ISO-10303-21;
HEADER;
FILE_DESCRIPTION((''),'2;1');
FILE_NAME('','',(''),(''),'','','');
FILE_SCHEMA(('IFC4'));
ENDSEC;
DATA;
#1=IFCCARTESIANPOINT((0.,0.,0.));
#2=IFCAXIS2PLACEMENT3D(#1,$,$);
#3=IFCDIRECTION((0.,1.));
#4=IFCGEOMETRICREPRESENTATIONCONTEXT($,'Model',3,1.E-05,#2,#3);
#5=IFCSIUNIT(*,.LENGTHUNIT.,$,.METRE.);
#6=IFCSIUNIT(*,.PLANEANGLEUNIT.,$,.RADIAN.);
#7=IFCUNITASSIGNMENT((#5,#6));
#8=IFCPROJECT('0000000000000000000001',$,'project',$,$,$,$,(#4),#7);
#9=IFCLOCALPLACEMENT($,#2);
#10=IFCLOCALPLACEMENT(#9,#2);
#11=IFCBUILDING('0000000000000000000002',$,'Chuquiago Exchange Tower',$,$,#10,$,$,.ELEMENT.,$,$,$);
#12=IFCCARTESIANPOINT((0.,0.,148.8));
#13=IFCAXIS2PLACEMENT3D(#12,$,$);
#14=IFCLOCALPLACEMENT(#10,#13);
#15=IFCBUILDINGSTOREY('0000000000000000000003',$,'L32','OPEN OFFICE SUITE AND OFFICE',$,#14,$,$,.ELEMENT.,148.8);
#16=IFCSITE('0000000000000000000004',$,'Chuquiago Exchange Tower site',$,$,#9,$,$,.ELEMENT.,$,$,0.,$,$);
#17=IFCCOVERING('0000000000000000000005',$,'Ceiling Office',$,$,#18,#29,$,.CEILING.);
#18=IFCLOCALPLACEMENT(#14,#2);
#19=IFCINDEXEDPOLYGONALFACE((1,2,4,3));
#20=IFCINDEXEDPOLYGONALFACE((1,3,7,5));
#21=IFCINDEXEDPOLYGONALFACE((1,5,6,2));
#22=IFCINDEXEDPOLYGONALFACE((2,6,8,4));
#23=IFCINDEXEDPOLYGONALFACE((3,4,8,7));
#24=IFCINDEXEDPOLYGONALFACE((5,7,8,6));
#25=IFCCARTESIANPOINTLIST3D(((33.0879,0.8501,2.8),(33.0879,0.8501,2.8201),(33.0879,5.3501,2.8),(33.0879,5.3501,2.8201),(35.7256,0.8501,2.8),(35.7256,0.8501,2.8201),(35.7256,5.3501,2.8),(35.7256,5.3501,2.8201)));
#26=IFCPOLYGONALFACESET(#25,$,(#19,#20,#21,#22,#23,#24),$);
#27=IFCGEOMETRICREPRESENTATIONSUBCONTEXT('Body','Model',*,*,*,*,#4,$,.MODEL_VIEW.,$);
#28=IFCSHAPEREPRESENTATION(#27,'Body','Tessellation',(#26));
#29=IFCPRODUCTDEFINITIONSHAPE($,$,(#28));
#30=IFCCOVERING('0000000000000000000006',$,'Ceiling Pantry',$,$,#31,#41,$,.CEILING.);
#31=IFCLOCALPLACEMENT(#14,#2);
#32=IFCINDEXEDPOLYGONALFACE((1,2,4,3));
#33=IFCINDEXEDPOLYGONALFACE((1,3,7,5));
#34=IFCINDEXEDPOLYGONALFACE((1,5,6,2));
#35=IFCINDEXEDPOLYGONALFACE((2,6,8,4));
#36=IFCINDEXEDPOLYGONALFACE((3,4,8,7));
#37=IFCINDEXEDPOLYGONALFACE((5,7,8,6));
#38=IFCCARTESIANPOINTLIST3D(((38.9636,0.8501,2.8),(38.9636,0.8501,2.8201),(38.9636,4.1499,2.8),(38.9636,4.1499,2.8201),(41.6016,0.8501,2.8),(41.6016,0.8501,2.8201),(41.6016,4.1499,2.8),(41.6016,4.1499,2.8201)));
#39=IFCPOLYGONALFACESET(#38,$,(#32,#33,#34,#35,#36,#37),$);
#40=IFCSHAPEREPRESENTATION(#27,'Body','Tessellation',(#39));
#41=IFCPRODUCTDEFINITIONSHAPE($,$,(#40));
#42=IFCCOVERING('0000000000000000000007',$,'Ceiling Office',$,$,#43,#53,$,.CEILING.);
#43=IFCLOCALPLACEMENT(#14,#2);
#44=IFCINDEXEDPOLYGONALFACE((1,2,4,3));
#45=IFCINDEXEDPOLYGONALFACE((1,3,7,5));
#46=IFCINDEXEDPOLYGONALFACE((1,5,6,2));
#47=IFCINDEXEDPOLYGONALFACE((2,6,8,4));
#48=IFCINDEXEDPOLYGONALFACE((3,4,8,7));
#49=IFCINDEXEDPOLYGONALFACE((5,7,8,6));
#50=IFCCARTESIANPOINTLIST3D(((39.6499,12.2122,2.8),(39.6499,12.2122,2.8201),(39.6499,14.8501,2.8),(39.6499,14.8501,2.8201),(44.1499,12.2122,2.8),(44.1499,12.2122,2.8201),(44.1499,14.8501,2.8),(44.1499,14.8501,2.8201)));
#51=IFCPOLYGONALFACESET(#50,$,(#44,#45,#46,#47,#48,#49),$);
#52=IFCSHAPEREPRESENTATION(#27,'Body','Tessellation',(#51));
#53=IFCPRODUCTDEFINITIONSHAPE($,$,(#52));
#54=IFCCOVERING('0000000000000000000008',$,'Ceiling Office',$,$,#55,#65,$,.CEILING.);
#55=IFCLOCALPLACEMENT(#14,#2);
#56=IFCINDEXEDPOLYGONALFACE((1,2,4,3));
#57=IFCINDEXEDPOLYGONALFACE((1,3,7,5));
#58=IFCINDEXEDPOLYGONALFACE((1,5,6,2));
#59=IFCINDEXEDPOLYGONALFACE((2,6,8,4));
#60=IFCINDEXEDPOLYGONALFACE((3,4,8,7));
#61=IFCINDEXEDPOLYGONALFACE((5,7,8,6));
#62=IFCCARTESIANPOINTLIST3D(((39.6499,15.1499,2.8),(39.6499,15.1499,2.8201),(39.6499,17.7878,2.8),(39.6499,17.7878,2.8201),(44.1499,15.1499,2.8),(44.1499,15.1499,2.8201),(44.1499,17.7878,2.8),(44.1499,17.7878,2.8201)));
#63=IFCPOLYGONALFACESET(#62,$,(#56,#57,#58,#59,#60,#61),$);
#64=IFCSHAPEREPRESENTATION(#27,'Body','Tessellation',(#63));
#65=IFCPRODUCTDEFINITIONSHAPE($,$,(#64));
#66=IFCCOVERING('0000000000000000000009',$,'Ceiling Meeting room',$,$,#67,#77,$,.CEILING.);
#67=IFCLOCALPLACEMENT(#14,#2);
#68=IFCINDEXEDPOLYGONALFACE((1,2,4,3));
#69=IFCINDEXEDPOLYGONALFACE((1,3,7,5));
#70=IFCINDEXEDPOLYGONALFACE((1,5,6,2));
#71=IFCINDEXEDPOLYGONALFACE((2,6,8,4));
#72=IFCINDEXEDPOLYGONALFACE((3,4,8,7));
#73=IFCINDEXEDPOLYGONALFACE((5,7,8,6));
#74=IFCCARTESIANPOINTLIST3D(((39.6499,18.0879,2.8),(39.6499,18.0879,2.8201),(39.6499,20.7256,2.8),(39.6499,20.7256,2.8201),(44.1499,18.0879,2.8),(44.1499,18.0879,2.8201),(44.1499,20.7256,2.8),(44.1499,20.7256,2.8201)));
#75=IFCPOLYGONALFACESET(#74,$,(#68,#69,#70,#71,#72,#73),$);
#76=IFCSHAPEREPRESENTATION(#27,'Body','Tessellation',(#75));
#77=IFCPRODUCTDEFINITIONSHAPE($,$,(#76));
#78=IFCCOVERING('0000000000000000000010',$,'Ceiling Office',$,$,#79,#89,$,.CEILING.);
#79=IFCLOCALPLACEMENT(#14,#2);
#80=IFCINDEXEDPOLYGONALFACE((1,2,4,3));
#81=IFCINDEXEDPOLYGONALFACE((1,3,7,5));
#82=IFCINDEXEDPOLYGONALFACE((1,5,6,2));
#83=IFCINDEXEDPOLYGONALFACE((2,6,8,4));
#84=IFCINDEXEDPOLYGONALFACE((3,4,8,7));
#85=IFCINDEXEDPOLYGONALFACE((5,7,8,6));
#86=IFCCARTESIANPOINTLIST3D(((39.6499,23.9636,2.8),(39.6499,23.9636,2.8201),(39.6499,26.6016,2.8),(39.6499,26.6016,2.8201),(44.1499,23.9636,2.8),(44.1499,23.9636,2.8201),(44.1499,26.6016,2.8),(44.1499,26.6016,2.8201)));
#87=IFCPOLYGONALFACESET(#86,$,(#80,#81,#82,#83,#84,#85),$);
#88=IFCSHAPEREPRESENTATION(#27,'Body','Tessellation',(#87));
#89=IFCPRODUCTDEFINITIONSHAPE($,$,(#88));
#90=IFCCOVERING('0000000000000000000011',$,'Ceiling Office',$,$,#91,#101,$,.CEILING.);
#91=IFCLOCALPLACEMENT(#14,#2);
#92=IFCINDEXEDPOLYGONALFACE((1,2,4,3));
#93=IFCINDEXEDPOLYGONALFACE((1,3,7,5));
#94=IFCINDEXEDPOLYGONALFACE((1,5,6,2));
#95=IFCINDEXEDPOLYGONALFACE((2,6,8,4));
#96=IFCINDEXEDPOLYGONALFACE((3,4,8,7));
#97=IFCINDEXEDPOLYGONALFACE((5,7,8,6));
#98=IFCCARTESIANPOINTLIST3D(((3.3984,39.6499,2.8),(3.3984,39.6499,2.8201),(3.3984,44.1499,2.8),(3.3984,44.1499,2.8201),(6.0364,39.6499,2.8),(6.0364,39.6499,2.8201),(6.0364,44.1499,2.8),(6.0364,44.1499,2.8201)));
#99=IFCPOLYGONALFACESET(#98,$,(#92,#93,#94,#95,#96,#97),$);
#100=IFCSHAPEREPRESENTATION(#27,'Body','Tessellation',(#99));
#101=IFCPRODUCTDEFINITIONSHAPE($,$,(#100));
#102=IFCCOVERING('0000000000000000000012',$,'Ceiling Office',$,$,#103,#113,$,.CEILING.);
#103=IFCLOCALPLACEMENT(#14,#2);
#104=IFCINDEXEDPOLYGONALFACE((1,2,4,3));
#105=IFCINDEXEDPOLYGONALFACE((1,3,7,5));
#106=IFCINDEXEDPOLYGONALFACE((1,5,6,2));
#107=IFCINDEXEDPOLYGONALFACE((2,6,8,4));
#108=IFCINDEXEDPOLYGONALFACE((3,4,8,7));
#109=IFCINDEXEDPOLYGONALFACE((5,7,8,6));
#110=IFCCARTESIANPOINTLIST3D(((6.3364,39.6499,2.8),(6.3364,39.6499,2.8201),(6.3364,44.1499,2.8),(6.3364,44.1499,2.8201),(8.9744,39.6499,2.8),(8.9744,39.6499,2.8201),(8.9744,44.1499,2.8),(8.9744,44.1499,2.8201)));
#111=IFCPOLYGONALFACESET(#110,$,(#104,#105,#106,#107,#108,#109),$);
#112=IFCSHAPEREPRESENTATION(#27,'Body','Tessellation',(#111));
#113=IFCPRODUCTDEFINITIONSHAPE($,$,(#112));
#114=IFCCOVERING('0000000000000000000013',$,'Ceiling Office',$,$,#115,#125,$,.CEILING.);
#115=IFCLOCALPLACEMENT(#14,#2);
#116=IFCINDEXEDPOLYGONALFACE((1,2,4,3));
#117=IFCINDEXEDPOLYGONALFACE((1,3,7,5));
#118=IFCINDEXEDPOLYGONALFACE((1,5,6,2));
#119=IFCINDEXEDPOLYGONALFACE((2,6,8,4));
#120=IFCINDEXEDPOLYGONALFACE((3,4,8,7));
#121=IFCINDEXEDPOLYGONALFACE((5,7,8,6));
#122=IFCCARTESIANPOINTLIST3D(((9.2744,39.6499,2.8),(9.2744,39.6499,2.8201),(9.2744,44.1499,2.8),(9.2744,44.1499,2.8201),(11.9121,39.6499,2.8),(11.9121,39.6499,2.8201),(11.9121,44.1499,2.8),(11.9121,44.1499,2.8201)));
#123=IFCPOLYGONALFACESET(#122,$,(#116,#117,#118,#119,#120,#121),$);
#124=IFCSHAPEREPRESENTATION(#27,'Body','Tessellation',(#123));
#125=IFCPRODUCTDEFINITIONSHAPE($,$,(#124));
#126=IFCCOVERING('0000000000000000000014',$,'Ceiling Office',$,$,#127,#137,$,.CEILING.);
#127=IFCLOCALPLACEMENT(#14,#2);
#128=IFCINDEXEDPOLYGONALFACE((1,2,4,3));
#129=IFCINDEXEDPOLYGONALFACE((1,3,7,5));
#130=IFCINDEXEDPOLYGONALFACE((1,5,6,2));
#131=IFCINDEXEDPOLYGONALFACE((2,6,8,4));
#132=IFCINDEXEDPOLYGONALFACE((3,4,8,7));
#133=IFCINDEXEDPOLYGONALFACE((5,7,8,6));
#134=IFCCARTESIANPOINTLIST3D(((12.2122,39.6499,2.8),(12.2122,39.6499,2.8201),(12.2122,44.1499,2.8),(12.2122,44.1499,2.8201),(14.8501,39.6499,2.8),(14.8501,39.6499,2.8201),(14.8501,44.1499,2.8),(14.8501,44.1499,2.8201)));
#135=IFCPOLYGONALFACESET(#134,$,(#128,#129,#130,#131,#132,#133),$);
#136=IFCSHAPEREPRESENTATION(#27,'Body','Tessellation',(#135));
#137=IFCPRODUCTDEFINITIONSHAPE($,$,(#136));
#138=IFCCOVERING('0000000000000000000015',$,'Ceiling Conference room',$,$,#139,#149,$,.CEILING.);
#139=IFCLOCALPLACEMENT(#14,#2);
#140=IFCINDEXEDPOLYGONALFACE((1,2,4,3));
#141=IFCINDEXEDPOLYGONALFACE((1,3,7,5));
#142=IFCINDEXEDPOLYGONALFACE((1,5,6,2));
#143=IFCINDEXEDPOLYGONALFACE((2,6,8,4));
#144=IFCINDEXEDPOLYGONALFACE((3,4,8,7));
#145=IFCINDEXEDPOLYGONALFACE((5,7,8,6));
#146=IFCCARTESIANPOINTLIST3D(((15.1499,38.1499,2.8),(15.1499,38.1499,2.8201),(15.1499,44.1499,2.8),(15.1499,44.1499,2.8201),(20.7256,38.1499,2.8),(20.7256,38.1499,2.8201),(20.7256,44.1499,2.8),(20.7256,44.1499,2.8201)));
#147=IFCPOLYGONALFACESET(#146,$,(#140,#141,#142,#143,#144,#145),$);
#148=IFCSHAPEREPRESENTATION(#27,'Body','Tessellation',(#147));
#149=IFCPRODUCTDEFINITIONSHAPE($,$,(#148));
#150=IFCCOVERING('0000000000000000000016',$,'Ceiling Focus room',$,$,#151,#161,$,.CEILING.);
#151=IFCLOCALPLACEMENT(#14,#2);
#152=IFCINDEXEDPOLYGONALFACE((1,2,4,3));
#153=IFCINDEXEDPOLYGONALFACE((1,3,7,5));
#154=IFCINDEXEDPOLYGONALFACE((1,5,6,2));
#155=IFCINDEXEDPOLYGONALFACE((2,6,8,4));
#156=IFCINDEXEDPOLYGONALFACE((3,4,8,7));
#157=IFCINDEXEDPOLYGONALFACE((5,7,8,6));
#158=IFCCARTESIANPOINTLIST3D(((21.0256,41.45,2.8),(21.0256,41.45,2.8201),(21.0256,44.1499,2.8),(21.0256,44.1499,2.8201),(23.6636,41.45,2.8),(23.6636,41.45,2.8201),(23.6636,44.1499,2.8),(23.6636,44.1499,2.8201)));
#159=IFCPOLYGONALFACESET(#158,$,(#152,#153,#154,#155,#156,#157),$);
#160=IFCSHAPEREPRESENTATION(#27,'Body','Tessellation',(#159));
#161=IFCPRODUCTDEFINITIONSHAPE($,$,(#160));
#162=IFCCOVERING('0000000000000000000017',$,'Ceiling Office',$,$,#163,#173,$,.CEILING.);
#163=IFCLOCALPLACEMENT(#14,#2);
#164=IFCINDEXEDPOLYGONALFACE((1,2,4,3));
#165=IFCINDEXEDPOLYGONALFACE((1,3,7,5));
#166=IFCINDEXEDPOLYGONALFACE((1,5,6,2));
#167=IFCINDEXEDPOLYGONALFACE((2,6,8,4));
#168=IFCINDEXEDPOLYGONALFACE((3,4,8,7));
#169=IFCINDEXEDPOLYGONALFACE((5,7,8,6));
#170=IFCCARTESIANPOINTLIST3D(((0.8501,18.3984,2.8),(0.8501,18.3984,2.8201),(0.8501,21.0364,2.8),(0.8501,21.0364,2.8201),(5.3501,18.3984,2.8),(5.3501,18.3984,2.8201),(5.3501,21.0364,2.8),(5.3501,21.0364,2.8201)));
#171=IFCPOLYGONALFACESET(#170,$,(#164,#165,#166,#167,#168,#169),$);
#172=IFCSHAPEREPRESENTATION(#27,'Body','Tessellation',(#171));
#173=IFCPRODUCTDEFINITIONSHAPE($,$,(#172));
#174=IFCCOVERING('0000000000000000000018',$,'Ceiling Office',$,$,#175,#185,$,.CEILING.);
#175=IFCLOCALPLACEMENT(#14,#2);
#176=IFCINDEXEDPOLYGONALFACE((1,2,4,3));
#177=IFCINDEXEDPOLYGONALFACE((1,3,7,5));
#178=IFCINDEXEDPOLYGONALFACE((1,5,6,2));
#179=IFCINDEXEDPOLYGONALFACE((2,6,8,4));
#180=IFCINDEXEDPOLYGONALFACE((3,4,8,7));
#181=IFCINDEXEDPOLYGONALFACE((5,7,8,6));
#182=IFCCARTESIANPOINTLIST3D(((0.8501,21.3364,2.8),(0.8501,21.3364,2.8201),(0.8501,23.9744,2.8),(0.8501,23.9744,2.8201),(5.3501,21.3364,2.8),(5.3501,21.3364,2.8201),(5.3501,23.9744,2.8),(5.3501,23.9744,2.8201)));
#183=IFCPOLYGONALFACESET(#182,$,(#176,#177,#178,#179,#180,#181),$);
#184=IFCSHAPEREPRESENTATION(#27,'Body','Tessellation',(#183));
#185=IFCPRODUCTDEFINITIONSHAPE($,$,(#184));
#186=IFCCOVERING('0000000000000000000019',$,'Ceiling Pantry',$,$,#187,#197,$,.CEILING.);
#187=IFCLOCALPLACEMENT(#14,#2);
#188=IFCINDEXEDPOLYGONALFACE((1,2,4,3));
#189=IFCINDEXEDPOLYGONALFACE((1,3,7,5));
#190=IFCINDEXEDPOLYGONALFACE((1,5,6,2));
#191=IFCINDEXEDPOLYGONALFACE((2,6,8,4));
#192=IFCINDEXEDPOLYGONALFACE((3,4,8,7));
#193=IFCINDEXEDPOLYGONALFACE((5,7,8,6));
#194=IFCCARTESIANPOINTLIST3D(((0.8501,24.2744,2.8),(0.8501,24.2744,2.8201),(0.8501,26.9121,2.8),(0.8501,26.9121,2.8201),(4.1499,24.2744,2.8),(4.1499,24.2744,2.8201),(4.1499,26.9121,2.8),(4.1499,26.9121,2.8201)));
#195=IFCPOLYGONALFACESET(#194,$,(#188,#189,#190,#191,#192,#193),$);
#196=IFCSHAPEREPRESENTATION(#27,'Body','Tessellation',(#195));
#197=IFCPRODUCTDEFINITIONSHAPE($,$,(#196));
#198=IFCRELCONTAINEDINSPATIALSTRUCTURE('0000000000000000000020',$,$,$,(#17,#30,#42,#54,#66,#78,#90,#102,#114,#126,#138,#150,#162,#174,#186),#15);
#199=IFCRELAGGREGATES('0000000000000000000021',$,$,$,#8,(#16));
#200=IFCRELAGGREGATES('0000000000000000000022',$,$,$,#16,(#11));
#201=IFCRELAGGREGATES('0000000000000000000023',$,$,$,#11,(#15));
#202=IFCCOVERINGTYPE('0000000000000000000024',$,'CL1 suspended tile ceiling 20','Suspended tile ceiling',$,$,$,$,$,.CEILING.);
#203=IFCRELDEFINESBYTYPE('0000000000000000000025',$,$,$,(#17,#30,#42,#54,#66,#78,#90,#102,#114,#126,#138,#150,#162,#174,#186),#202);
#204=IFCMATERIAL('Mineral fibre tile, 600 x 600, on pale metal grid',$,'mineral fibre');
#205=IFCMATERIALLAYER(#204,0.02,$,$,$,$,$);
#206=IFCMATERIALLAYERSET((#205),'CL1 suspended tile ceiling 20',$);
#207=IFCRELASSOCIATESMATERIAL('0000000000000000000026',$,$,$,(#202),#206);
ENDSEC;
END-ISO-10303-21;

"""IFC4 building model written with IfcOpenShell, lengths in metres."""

from ifc_helpers import new_model, si_unit, direction, frame, origin, place, context, subcontext, project, spatial, polyline, outline, extrude, material, layer, layer_set, type_object, element, save


model = new_model("IFC4")

# Units and contexts
model_context = context("Model", 3, precision=1e-05, world=origin(), true_north=direction((0.0, 1.0)))
body_context = subcontext(model_context, "Body", "Model", "MODEL_VIEW")
ifc_project = project(units=[si_unit("LENGTHUNIT", "METRE"), si_unit("PLANEANGLEUNIT", "RADIAN")], contexts=[model_context])

# Site, building, storey
site_placement = place(None, origin())
site = spatial("IfcSite", under=ifc_project, at=site_placement, Name="Chuquiago Exchange Tower site", CompositionType="ELEMENT", RefElevation=0.0)
building_placement = place(site_placement, origin())
building = spatial("IfcBuilding", under=site, at=building_placement, Name="Chuquiago Exchange Tower", CompositionType="ELEMENT")
storey_placement = place(building_placement, frame((0.0, 0.0, 148.8)))
storey = spatial("IfcBuildingStorey", under=building, at=storey_placement, Name="L32", Description="OPEN OFFICE SUITE AND OFFICE", CompositionType="ELEMENT", Elevation=148.8)

# Coverings
ifc_material_1 = material(Name="Mineral fibre tile, 600 x 600, on pale metal grid", Category="mineral fibre")
ifc_layer_1 = layer(ifc_material_1, 0.02)
ifc_layer_set_1 = layer_set([ifc_layer_1], Name="CL1 suspended tile ceiling 20")
covering_type_1 = type_object("IfcCoveringType", Name="CL1 suspended tile ceiling 20", Description="Suspended tile ceiling", PredefinedType="CEILING", material=ifc_layer_set_1)
covering_1_placement = place(storey_placement, frame((0.0, 0.0, 2.8)))
element("IfcCovering", 1, at=covering_1_placement, inside=storey, type_object=covering_type_1, Name="Ceiling Office", PredefinedType="CEILING", context=body_context, shape_type="SweptSolid", body=[
    extrude(outline(polyline([(33.0879, 5.3501), (35.7256, 5.3501), (35.7256, 0.8501), (33.0879, 0.8501), (33.0879, 5.3501)])), origin(), (0.0, 0.0, 1.0), 0.02),
])
covering_2_placement = place(storey_placement, frame((0.0, 0.0, 2.8)))
element("IfcCovering", 2, at=covering_2_placement, inside=storey, type_object=covering_type_1, Name="Ceiling Pantry", PredefinedType="CEILING", context=body_context, shape_type="SweptSolid", body=[
    extrude(outline(polyline([(38.9636, 0.8501), (38.9636, 4.1499), (41.6016, 4.1499), (41.6016, 0.8501), (38.9636, 0.8501)])), origin(), (0.0, 0.0, 1.0), 0.02),
])
covering_3_placement = place(storey_placement, frame((0.0, 0.0, 2.8)))
element("IfcCovering", 3, at=covering_3_placement, inside=storey, type_object=covering_type_1, Name="Ceiling Office", PredefinedType="CEILING", context=body_context, shape_type="SweptSolid", body=[
    extrude(outline(polyline([(39.6499, 12.2122), (39.6499, 14.8501), (44.1499, 14.8501), (44.1499, 12.2122), (39.6499, 12.2122)])), origin(), (0.0, 0.0, 1.0), 0.02),
])
covering_4_placement = place(storey_placement, frame((0.0, 0.0, 2.8)))
element("IfcCovering", 4, at=covering_4_placement, inside=storey, type_object=covering_type_1, Name="Ceiling Office", PredefinedType="CEILING", context=body_context, shape_type="SweptSolid", body=[
    extrude(outline(polyline([(39.6499, 15.1499), (39.6499, 17.7878), (44.1499, 17.7878), (44.1499, 15.1499), (39.6499, 15.1499)])), origin(), (0.0, 0.0, 1.0), 0.02),
])
covering_5_placement = place(storey_placement, frame((0.0, 0.0, 2.8)))
element("IfcCovering", 5, at=covering_5_placement, inside=storey, type_object=covering_type_1, Name="Ceiling Meeting room", PredefinedType="CEILING", context=body_context, shape_type="SweptSolid", body=[
    extrude(outline(polyline([(39.6499, 18.0879), (39.6499, 20.7256), (44.1499, 20.7256), (44.1499, 18.0879), (39.6499, 18.0879)])), origin(), (0.0, 0.0, 1.0), 0.02),
])
covering_6_placement = place(storey_placement, frame((0.0, 0.0, 2.8)))
element("IfcCovering", 6, at=covering_6_placement, inside=storey, type_object=covering_type_1, Name="Ceiling Office", PredefinedType="CEILING", context=body_context, shape_type="SweptSolid", body=[
    extrude(outline(polyline([(44.1499, 23.9636), (39.6499, 23.9636), (39.6499, 26.6016), (44.1499, 26.6016), (44.1499, 23.9636)])), origin(), (0.0, 0.0, 1.0), 0.02),
])
covering_7_placement = place(storey_placement, frame((0.0, 0.0, 2.8)))
element("IfcCovering", 7, at=covering_7_placement, inside=storey, type_object=covering_type_1, Name="Ceiling Office", PredefinedType="CEILING", context=body_context, shape_type="SweptSolid", body=[
    extrude(outline(polyline([(6.0364, 44.1499), (6.0364, 39.6499), (3.3984, 39.6499), (3.3984, 44.1499), (6.0364, 44.1499)])), origin(), (0.0, 0.0, 1.0), 0.02),
])
covering_8_placement = place(storey_placement, frame((0.0, 0.0, 2.8)))
element("IfcCovering", 8, at=covering_8_placement, inside=storey, type_object=covering_type_1, Name="Ceiling Office", PredefinedType="CEILING", context=body_context, shape_type="SweptSolid", body=[
    extrude(outline(polyline([(8.9744, 39.6499), (6.3364, 39.6499), (6.3364, 44.1499), (8.9744, 44.1499), (8.9744, 39.6499)])), origin(), (0.0, 0.0, 1.0), 0.02),
])
covering_9_placement = place(storey_placement, frame((0.0, 0.0, 2.8)))
element("IfcCovering", 9, at=covering_9_placement, inside=storey, type_object=covering_type_1, Name="Ceiling Office", PredefinedType="CEILING", context=body_context, shape_type="SweptSolid", body=[
    extrude(outline(polyline([(11.9121, 39.6499), (9.2744, 39.6499), (9.2744, 44.1499), (11.9121, 44.1499), (11.9121, 39.6499)])), origin(), (0.0, 0.0, 1.0), 0.02),
])
covering_10_placement = place(storey_placement, frame((0.0, 0.0, 2.8)))
element("IfcCovering", 10, at=covering_10_placement, inside=storey, type_object=covering_type_1, Name="Ceiling Office", PredefinedType="CEILING", context=body_context, shape_type="SweptSolid", body=[
    extrude(outline(polyline([(14.8501, 39.6499), (12.2122, 39.6499), (12.2122, 44.1499), (14.8501, 44.1499), (14.8501, 39.6499)])), origin(), (0.0, 0.0, 1.0), 0.02),
])
covering_11_placement = place(storey_placement, frame((0.0, 0.0, 2.8)))
element("IfcCovering", 11, at=covering_11_placement, inside=storey, type_object=covering_type_1, Name="Ceiling Conference room", PredefinedType="CEILING", context=body_context, shape_type="SweptSolid", body=[
    extrude(outline(polyline([(20.7256, 38.1499), (15.1499, 38.1499), (15.1499, 44.1499), (20.7256, 44.1499), (20.7256, 38.1499)])), origin(), (0.0, 0.0, 1.0), 0.02),
])
covering_12_placement = place(storey_placement, frame((0.0, 0.0, 2.8)))
element("IfcCovering", 12, at=covering_12_placement, inside=storey, type_object=covering_type_1, Name="Ceiling Focus room", PredefinedType="CEILING", context=body_context, shape_type="SweptSolid", body=[
    extrude(outline(polyline([(23.6636, 41.45), (21.0256, 41.45), (21.0256, 44.1499), (23.6636, 44.1499), (23.6636, 41.45)])), origin(), (0.0, 0.0, 1.0), 0.02),
])
covering_13_placement = place(storey_placement, frame((0.0, 0.0, 2.8)))
element("IfcCovering", 13, at=covering_13_placement, inside=storey, type_object=covering_type_1, Name="Ceiling Office", PredefinedType="CEILING", context=body_context, shape_type="SweptSolid", body=[
    extrude(outline(polyline([(0.8501, 21.0364), (5.3501, 21.0364), (5.3501, 18.3984), (0.8501, 18.3984), (0.8501, 21.0364)])), origin(), (0.0, 0.0, 1.0), 0.02),
])
covering_14_placement = place(storey_placement, frame((0.0, 0.0, 2.8)))
element("IfcCovering", 14, at=covering_14_placement, inside=storey, type_object=covering_type_1, Name="Ceiling Office", PredefinedType="CEILING", context=body_context, shape_type="SweptSolid", body=[
    extrude(outline(polyline([(5.3501, 23.9744), (5.3501, 21.3364), (0.8501, 21.3364), (0.8501, 23.9744), (5.3501, 23.9744)])), origin(), (0.0, 0.0, 1.0), 0.02),
])
covering_15_placement = place(storey_placement, frame((0.0, 0.0, 2.8)))
element("IfcCovering", 15, at=covering_15_placement, inside=storey, type_object=covering_type_1, Name="Ceiling Pantry", PredefinedType="CEILING", context=body_context, shape_type="SweptSolid", body=[
    extrude(outline(polyline([(4.1499, 26.9121), (4.1499, 24.2744), (0.8501, 24.2744), (0.8501, 26.9121), (4.1499, 26.9121)])), origin(), (0.0, 0.0, 1.0), 0.02),
])

save(model, "model.ifc")
